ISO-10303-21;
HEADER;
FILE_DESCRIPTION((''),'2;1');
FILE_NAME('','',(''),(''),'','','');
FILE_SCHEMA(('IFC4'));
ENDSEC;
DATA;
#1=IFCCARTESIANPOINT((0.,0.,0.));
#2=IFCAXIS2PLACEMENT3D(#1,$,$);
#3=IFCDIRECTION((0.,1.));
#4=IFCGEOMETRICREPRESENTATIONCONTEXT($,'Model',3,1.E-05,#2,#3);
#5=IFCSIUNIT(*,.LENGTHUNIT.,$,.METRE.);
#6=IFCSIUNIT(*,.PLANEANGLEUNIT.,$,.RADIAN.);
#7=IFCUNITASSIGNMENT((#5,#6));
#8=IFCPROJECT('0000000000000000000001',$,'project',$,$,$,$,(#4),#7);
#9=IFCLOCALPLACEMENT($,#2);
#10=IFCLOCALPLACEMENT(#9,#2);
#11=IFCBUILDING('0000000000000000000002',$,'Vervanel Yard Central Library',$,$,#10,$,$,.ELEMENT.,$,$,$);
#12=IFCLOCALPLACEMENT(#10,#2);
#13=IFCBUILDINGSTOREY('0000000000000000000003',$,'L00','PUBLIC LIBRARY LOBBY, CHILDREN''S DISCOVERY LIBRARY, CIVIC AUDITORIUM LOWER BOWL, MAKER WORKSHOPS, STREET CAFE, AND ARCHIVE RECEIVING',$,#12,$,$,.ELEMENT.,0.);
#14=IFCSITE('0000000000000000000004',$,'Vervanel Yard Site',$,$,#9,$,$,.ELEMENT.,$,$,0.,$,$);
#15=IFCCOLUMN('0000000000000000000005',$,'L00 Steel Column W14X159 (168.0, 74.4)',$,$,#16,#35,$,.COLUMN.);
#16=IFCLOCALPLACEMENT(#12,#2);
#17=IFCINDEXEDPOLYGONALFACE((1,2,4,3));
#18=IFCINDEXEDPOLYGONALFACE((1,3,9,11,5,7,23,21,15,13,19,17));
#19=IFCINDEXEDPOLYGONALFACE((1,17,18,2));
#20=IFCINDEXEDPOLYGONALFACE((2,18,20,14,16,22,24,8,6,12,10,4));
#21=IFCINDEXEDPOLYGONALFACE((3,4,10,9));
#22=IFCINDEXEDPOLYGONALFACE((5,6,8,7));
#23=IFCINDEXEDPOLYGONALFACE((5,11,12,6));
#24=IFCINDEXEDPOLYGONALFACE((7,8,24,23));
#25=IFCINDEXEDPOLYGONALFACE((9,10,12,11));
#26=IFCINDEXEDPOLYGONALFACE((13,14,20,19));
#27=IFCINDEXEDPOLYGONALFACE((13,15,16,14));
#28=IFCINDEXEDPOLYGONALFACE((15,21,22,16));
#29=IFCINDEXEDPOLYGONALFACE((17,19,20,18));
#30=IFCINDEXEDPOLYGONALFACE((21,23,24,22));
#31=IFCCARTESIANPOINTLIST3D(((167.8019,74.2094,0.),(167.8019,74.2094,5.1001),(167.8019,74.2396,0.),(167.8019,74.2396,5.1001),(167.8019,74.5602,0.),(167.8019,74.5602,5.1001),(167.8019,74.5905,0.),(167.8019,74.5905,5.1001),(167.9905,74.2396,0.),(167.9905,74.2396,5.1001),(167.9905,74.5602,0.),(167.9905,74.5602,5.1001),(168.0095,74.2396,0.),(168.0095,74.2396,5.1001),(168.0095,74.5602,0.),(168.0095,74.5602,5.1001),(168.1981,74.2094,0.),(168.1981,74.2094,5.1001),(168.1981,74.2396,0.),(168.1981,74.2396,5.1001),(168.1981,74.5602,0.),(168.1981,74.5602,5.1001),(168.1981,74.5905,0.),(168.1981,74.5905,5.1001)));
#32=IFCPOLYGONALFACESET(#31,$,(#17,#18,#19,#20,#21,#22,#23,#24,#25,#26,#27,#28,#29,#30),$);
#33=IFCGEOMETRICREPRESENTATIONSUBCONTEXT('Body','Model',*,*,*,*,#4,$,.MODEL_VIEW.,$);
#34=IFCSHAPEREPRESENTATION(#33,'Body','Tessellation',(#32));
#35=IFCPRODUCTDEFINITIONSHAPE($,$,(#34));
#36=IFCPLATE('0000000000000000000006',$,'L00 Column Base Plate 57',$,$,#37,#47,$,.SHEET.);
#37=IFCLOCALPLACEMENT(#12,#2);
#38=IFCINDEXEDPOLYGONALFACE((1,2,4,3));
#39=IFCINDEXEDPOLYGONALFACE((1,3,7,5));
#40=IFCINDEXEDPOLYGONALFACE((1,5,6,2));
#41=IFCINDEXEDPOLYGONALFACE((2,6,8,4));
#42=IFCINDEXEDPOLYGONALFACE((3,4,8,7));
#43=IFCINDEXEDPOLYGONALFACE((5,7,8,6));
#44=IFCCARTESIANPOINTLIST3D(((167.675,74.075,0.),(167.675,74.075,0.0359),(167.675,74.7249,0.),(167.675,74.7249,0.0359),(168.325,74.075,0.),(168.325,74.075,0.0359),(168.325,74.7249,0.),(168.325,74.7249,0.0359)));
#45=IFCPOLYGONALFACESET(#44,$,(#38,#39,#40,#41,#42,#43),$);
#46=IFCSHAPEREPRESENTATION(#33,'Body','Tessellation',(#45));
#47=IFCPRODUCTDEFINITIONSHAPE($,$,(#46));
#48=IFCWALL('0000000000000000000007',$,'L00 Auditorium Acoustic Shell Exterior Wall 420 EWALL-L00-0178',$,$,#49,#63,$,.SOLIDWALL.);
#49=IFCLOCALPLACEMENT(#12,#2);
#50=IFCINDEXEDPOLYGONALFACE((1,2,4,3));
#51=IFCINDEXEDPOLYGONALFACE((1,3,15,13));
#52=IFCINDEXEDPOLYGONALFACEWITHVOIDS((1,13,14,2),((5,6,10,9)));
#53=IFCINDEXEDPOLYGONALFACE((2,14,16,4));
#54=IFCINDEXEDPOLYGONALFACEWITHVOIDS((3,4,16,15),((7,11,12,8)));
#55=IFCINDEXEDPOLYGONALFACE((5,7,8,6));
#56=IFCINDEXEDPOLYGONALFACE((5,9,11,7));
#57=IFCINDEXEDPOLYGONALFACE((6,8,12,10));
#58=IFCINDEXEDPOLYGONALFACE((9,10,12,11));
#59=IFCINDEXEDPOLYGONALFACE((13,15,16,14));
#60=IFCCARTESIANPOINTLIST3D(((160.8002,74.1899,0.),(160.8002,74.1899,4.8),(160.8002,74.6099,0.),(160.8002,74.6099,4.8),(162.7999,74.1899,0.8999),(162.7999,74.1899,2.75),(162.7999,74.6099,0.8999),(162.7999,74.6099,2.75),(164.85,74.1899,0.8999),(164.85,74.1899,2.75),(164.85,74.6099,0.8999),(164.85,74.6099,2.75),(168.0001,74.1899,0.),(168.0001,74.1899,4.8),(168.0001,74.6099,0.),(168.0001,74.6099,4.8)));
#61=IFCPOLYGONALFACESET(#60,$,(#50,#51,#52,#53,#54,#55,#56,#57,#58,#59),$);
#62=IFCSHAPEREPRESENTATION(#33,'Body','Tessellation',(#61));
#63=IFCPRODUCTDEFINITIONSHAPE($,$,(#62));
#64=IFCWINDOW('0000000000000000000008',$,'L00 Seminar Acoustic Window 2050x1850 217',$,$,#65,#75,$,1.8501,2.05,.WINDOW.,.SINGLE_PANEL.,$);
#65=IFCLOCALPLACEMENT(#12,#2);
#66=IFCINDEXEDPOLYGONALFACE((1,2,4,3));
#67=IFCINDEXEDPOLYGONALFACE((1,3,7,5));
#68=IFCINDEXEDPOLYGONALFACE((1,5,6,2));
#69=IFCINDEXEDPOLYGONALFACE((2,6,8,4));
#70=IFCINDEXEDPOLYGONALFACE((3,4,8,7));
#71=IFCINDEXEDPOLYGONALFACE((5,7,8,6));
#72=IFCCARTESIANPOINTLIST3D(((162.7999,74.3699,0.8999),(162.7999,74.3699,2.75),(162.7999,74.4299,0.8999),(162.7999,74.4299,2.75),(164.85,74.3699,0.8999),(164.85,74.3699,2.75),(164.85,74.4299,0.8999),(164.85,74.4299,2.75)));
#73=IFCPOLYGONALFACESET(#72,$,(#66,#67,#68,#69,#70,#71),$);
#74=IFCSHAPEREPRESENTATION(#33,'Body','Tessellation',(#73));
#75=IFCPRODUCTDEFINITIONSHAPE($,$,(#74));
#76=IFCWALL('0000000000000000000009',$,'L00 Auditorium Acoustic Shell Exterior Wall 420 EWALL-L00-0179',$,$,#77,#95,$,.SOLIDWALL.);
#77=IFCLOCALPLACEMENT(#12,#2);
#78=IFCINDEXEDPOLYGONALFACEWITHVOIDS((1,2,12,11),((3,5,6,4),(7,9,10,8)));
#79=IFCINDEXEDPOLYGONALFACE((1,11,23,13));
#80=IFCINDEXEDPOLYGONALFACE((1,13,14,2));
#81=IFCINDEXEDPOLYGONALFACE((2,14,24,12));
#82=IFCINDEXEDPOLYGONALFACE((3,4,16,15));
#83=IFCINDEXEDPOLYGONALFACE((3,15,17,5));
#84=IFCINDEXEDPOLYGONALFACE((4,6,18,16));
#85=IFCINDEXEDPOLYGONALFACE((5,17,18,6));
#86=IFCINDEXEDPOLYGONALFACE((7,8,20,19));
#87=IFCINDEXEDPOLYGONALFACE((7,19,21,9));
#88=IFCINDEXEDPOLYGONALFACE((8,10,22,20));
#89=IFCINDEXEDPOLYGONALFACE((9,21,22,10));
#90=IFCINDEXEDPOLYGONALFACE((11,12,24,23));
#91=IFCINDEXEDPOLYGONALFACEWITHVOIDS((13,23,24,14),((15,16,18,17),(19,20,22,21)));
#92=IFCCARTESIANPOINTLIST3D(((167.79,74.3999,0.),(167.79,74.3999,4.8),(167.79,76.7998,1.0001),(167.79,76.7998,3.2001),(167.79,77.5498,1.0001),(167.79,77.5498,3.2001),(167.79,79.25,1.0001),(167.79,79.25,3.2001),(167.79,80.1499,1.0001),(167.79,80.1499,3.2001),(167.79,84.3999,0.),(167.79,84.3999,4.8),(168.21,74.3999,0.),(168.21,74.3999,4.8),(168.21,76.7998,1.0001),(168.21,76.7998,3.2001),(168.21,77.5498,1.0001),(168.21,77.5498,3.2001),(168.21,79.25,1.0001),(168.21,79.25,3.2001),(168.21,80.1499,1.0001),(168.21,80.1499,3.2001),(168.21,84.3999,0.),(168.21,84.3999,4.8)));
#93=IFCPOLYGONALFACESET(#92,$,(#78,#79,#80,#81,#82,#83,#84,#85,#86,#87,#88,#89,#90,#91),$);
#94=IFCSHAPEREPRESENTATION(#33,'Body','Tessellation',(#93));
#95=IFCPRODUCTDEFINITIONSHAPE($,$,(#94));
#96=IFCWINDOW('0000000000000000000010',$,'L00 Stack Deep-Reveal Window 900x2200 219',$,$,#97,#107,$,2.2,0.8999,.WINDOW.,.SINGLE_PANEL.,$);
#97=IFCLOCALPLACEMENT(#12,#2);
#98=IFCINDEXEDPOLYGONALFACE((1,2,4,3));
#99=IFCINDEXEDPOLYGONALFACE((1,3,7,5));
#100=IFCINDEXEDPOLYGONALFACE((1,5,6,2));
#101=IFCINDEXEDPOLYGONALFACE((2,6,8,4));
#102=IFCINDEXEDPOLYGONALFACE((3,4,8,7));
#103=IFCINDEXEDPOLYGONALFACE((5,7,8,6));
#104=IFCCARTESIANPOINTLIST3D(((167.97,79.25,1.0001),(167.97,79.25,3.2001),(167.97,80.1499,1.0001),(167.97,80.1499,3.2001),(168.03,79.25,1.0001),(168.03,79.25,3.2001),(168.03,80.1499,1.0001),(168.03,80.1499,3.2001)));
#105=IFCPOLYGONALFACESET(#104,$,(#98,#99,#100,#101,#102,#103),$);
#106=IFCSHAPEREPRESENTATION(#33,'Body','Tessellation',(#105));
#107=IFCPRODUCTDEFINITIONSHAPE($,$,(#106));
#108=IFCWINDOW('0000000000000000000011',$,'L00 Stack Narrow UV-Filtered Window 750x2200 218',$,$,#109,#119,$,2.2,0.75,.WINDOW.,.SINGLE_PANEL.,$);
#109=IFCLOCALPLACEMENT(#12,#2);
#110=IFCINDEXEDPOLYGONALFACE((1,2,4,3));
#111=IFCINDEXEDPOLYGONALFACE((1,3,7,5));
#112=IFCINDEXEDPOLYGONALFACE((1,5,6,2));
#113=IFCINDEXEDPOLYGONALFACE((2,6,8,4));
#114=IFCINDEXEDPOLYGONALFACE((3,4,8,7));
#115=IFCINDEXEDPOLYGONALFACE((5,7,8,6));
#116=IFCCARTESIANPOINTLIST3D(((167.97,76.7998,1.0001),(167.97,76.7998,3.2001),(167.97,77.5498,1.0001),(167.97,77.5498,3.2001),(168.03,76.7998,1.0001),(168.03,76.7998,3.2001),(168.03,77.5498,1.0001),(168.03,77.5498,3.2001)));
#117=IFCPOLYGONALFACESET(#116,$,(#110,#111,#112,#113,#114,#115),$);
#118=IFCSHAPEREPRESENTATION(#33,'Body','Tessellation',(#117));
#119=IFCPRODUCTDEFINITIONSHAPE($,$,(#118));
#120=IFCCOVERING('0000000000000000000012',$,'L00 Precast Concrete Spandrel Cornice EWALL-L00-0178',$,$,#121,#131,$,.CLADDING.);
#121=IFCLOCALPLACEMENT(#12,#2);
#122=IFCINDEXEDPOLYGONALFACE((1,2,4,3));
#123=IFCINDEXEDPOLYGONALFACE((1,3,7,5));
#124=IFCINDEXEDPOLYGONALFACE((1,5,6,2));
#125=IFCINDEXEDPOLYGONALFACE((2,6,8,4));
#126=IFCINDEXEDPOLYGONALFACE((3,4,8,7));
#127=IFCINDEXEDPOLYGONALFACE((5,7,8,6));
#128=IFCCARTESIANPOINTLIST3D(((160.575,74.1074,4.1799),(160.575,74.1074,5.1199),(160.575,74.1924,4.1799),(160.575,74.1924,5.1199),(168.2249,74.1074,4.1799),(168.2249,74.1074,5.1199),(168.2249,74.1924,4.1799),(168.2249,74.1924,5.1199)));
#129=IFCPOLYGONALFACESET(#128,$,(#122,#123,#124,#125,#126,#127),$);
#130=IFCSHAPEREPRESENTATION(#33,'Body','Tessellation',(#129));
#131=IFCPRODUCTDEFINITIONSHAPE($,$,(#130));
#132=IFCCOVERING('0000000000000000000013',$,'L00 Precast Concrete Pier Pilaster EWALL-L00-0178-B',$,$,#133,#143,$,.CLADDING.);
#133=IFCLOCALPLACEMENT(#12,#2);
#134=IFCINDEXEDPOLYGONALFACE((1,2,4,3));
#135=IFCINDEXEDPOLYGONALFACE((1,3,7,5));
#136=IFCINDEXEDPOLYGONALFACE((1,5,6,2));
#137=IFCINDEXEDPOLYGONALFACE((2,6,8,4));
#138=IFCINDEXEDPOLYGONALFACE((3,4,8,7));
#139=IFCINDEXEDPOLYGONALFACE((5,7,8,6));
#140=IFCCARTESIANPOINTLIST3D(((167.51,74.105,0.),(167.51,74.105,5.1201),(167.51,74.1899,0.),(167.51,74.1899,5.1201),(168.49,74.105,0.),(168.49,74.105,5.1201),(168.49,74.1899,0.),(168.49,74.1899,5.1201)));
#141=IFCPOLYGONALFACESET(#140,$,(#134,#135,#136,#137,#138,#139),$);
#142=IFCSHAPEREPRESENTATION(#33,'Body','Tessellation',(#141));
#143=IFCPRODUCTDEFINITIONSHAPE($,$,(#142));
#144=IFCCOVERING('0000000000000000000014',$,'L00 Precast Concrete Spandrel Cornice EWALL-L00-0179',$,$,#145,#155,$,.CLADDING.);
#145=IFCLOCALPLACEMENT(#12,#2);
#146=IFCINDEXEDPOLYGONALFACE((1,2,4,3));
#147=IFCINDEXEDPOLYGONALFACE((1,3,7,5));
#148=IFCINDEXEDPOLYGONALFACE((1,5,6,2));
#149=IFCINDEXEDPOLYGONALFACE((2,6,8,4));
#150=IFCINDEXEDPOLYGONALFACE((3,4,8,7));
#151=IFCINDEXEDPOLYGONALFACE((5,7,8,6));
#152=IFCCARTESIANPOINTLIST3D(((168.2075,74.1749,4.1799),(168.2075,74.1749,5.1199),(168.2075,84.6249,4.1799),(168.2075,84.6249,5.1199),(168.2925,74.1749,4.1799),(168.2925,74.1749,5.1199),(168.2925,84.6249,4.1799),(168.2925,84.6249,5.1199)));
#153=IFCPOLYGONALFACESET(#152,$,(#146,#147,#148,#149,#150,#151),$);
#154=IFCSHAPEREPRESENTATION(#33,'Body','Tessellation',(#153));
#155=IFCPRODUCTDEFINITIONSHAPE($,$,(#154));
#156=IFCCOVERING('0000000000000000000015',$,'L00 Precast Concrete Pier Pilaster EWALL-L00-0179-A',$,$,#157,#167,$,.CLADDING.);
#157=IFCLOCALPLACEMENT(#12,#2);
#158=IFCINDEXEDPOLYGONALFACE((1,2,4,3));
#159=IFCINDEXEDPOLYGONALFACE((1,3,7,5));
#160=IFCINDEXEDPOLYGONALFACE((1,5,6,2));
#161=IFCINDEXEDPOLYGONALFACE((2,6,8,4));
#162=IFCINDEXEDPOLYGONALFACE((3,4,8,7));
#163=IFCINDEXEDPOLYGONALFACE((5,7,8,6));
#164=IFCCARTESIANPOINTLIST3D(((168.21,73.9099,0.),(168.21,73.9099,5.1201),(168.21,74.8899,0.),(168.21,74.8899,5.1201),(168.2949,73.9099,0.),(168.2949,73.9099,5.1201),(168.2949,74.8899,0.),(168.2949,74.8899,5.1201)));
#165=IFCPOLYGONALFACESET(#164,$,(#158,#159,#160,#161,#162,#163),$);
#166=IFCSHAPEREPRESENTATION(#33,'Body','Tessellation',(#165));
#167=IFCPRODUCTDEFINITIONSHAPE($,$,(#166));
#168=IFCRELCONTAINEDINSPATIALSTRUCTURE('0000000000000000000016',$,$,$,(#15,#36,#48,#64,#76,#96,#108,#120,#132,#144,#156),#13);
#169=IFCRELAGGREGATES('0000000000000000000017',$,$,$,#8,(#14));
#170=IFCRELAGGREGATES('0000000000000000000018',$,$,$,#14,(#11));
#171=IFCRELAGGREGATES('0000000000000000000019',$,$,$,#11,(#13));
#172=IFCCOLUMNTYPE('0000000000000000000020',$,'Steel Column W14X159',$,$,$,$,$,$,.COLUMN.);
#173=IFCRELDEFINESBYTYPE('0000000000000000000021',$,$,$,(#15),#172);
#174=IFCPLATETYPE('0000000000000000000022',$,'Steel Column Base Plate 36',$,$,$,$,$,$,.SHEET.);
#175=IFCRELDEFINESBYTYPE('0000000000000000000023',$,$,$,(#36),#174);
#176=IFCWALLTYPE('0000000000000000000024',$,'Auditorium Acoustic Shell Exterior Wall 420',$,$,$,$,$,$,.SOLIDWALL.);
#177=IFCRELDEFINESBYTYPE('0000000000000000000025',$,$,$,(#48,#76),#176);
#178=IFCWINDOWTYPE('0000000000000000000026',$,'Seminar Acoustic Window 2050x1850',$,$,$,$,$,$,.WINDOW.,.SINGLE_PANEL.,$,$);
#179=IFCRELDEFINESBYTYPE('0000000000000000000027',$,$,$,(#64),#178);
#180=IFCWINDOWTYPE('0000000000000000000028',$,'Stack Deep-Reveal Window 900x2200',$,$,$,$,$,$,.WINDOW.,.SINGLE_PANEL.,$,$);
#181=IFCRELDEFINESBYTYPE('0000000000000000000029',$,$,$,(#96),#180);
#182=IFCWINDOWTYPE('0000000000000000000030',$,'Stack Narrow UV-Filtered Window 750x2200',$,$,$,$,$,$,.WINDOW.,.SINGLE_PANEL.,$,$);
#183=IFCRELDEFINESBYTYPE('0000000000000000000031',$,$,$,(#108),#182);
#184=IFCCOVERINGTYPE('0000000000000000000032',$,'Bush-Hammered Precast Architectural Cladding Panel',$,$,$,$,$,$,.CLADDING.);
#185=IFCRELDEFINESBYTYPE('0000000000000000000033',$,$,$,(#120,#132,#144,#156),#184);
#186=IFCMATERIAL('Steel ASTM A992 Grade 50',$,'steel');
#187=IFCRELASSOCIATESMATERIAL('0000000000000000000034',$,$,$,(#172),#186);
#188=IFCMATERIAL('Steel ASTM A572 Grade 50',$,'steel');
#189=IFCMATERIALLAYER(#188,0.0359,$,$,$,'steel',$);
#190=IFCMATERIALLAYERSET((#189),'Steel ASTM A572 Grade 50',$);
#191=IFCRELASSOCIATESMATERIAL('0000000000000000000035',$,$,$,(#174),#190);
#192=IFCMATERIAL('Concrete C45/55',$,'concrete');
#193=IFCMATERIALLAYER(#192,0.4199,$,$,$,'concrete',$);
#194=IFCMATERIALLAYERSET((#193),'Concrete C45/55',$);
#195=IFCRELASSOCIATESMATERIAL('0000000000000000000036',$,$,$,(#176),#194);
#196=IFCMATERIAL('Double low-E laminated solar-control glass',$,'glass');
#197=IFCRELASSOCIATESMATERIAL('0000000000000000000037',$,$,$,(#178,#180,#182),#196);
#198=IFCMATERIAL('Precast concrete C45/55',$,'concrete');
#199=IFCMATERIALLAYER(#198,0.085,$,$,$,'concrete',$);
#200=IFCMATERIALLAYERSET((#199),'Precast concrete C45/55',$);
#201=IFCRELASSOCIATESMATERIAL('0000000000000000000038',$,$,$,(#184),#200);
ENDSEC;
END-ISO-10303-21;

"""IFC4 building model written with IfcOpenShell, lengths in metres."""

from ifc_helpers import new_model, si_unit, direction, frame, frame_2d, origin, origin_2d, place, context, subcontext, project, spatial, rectangle, i_section, extrude, material, layer, layer_set, material_profile, profile_set, type_object, element, fill, save


model = new_model("IFC4")

# Units and contexts
model_context = context("Model", 3, precision=1e-05, world=origin(), true_north=direction((0.0, 1.0)))
body_context = subcontext(model_context, "Body", "Model", "MODEL_VIEW")
ifc_project = project(units=[si_unit("LENGTHUNIT", "METRE"), si_unit("PLANEANGLEUNIT", "RADIAN")], contexts=[model_context])

# Site, building, storey
site_placement = place(None, origin())
site = spatial("IfcSite", under=ifc_project, at=site_placement, Name="Vervanel Yard Site", CompositionType="ELEMENT", RefElevation=0.0)
building_placement = place(site_placement, origin())
building = spatial("IfcBuilding", under=site, at=building_placement, Name="Vervanel Yard Central Library", CompositionType="ELEMENT")
storey_placement = place(building_placement, origin())
storey = spatial("IfcBuildingStorey", under=building, at=storey_placement, Name="L00", Description="PUBLIC LIBRARY LOBBY, CHILDREN'S DISCOVERY LIBRARY, CIVIC AUDITORIUM LOWER BOWL, MAKER WORKSHOPS, STREET CAFE, AND ARCHIVE RECEIVING", CompositionType="ELEMENT", Elevation=0.0)

# Column
ifc_material_1 = material(Name="Steel ASTM A992 Grade 50", Category="steel")
ifc_material_profile_1 = material_profile(ifc_material_1, i_section(OverallWidth=0.3962, OverallDepth=0.3811, WebThickness=0.019, FlangeThickness=0.0303, at=origin_2d()), Name="W14X159", Category="steel")
ifc_profile_set_1 = profile_set([ifc_material_profile_1], Name="Steel ASTM A992 Grade 50")
column_type = type_object("IfcColumnType", Name="Steel Column W14X159", PredefinedType="COLUMN", material=ifc_profile_set_1)
column_placement = place(storey_placement, frame((168.0, 74.3999, 0.0), z_axis=(0.0, 0.0, 1.0), x_axis=(1.0, 0.0, 0.0)))
element("IfcColumn", 1, at=column_placement, inside=storey, type_object=column_type, Name="L00 Steel Column W14X159 (168.0, 74.4)", PredefinedType="COLUMN", context=body_context, shape_type="SweptSolid", body=[
    extrude(i_section(OverallWidth=0.3962, OverallDepth=0.3811, WebThickness=0.019, FlangeThickness=0.0303, at=origin_2d()), origin(), (0.0, 0.0, 1.0), 5.1001),
])

# Plate
ifc_material_2 = material(Name="Steel ASTM A572 Grade 50", Category="steel")
ifc_layer_1 = layer(ifc_material_2, 0.0359, Category="steel")
ifc_layer_set_1 = layer_set([ifc_layer_1], Name="Steel ASTM A572 Grade 50")
plate_type = type_object("IfcPlateType", Name="Steel Column Base Plate 36", PredefinedType="SHEET", material=ifc_layer_set_1)
plate_placement = place(storey_placement, frame((168.0, 74.3999, 0.0), z_axis=(0.0, 0.0, 1.0), x_axis=(1.0, 0.0, 0.0)))
element("IfcPlate", 2, at=plate_placement, inside=storey, type_object=plate_type, Name="L00 Column Base Plate 57", PredefinedType="SHEET", context=body_context, shape_type="SweptSolid", body=[
    extrude(rectangle(XDim=0.6499, YDim=0.6499, at=origin_2d()), origin(), (0.0, 0.0, 1.0), 0.0359),
])

# Wall, opening, window
ifc_material_3 = material(Name="Concrete C45/55", Category="concrete")
ifc_layer_2 = layer(ifc_material_3, 0.4199, Category="concrete")
ifc_layer_set_2 = layer_set([ifc_layer_2], Name="Concrete C45/55")
wall_type = type_object("IfcWallType", Name="Auditorium Acoustic Shell Exterior Wall 420", PredefinedType="SOLIDWALL", material=ifc_layer_set_2)
wall_1_placement = place(storey_placement, frame((160.8, 74.3999, 0.0), z_axis=(0.0, 0.0, 1.0), x_axis=(1.0, 0.0, 0.0)))
wall_1 = element("IfcWall", 3, at=wall_1_placement, inside=storey, type_object=wall_type, Name="L00 Auditorium Acoustic Shell Exterior Wall 420 EWALL-L00-0178", PredefinedType="SOLIDWALL", context=body_context, shape_type="SweptSolid", body=[
    extrude(rectangle(XDim=7.2, YDim=0.4199, at=frame_2d((3.6001, 0.0))), origin(), (0.0, 0.0, 1.0), 4.8),
])
opening_1_placement = place(wall_1_placement, frame((2.0, 0.0, 0.8999)))
opening_1 = element("IfcOpeningElement", 4, at=opening_1_placement, cuts=wall_1, PredefinedType="OPENING", context=body_context, shape_type="SweptSolid", body=[
    extrude(rectangle(XDim=2.05, YDim=1.8501, at=frame_2d((1.0249, 0.925))), frame((0.0, 0.22, 0.0), z_axis=(0.0, -1.0, 0.0), x_axis=(1.0, 0.0, 0.0)), (0.0, 0.0, 1.0), 0.4399),
])
ifc_material_4 = material(Name="Double low-E laminated solar-control glass", Category="glass")
window_type_1 = type_object("IfcWindowType", Name="Seminar Acoustic Window 2050x1850", PartitioningType="SINGLE_PANEL", PredefinedType="WINDOW", material=ifc_material_4)
window_1_placement = place(opening_1_placement, origin())
window_1 = element("IfcWindow", 5, at=window_1_placement, inside=storey, type_object=window_type_1, Name="L00 Seminar Acoustic Window 2050x1850 217", OverallHeight=1.8501, OverallWidth=2.05, PartitioningType="SINGLE_PANEL", PredefinedType="WINDOW", context=body_context, shape_type="SweptSolid", body=[
    extrude(rectangle(XDim=2.05, YDim=1.8501, at=frame_2d((1.0249, 0.925))), frame((0.0, 0.03, 0.0), z_axis=(0.0, -1.0, 0.0), x_axis=(1.0, 0.0, 0.0)), (0.0, 0.0, 1.0), 0.0601),
])
fill(opening_1, window_1)

# Wall, openings, windows
wall_2_placement = place(storey_placement, frame((168.0, 74.3999, 0.0), z_axis=(0.0, 0.0, 1.0), x_axis=(0.0, 1.0, 0.0)))
wall_2 = element("IfcWall", 6, at=wall_2_placement, inside=storey, type_object=wall_type, Name="L00 Auditorium Acoustic Shell Exterior Wall 420 EWALL-L00-0179", PredefinedType="SOLIDWALL", context=body_context, shape_type="SweptSolid", body=[
    extrude(rectangle(XDim=10.0, YDim=0.4199, at=frame_2d((5.0, 0.0))), origin(), (0.0, 0.0, 1.0), 4.8),
])
opening_2_placement = place(wall_2_placement, frame((2.3999, 0.0, 1.0)))
opening_2 = element("IfcOpeningElement", 7, at=opening_2_placement, cuts=wall_2, PredefinedType="OPENING", context=body_context, shape_type="SweptSolid", body=[
    extrude(rectangle(XDim=0.75, YDim=2.2, at=frame_2d((0.375, 1.1001))), frame((0.0, 0.22, 0.0), z_axis=(0.0, -1.0, 0.0), x_axis=(1.0, 0.0, 0.0)), (0.0, 0.0, 1.0), 0.4399),
])
opening_3_placement = place(wall_2_placement, frame((4.8501, 0.0, 1.0)))
opening_3 = element("IfcOpeningElement", 8, at=opening_3_placement, cuts=wall_2, PredefinedType="OPENING", context=body_context, shape_type="SweptSolid", body=[
    extrude(rectangle(XDim=0.8999, YDim=2.2, at=frame_2d((0.45, 1.1001))), frame((0.0, 0.22, 0.0), z_axis=(0.0, -1.0, 0.0), x_axis=(1.0, 0.0, 0.0)), (0.0, 0.0, 1.0), 0.4399),
])
window_type_2 = type_object("IfcWindowType", Name="Stack Deep-Reveal Window 900x2200", PartitioningType="SINGLE_PANEL", PredefinedType="WINDOW", material=ifc_material_4)
window_2_placement = place(opening_3_placement, origin())
window_2 = element("IfcWindow", 9, at=window_2_placement, inside=storey, type_object=window_type_2, Name="L00 Stack Deep-Reveal Window 900x2200 219", OverallHeight=2.2, OverallWidth=0.8999, PartitioningType="SINGLE_PANEL", PredefinedType="WINDOW", context=body_context, shape_type="SweptSolid", body=[
    extrude(rectangle(XDim=0.8999, YDim=2.2, at=frame_2d((0.45, 1.1001))), frame((0.0, 0.03, 0.0), z_axis=(0.0, -1.0, 0.0), x_axis=(1.0, 0.0, 0.0)), (0.0, 0.0, 1.0), 0.0601),
])
fill(opening_3, window_2)
window_type_3 = type_object("IfcWindowType", Name="Stack Narrow UV-Filtered Window 750x2200", PartitioningType="SINGLE_PANEL", PredefinedType="WINDOW", material=ifc_material_4)
window_3_placement = place(opening_2_placement, origin())
window_3 = element("IfcWindow", 10, at=window_3_placement, inside=storey, type_object=window_type_3, Name="L00 Stack Narrow UV-Filtered Window 750x2200 218", OverallHeight=2.2, OverallWidth=0.75, PartitioningType="SINGLE_PANEL", PredefinedType="WINDOW", context=body_context, shape_type="SweptSolid", body=[
    extrude(rectangle(XDim=0.75, YDim=2.2, at=frame_2d((0.375, 1.1001))), frame((0.0, 0.03, 0.0), z_axis=(0.0, -1.0, 0.0), x_axis=(1.0, 0.0, 0.0)), (0.0, 0.0, 1.0), 0.0601),
])
fill(opening_2, window_3)

# Coverings
ifc_material_5 = material(Name="Precast concrete C45/55", Category="concrete")
ifc_layer_3 = layer(ifc_material_5, 0.085, Category="concrete")
ifc_layer_set_3 = layer_set([ifc_layer_3], Name="Precast concrete C45/55")
covering_type = type_object("IfcCoveringType", Name="Bush-Hammered Precast Architectural Cladding Panel", PredefinedType="CLADDING", material=ifc_layer_set_3)
covering_1_placement = place(storey_placement, frame((164.3999, 74.1499, 4.1799), z_axis=(0.0, 0.0, 1.0), x_axis=(1.0, 0.0, 0.0)))
element("IfcCovering", 11, at=covering_1_placement, inside=storey, type_object=covering_type, Name="L00 Precast Concrete Spandrel Cornice EWALL-L00-0178", PredefinedType="CLADDING", context=body_context, shape_type="SweptSolid", body=[
    extrude(rectangle(XDim=7.6499, YDim=0.085, at=origin_2d()), origin(), (0.0, 0.0, 1.0), 0.9399),
])
covering_2_placement = place(storey_placement, frame((168.0, 74.1475, 0.0), z_axis=(0.0, 0.0, 1.0), x_axis=(1.0, 0.0, 0.0)))
element("IfcCovering", 12, at=covering_2_placement, inside=storey, type_object=covering_type, Name="L00 Precast Concrete Pier Pilaster EWALL-L00-0178-B", PredefinedType="CLADDING", context=body_context, shape_type="SweptSolid", body=[
    extrude(rectangle(XDim=0.98, YDim=0.085, at=origin_2d()), origin(), (0.0, 0.0, 1.0), 5.1201),
])
covering_3_placement = place(storey_placement, frame((168.25, 79.3999, 4.1799), z_axis=(0.0, 0.0, 1.0), x_axis=(0.0, 1.0, 0.0)))
element("IfcCovering", 13, at=covering_3_placement, inside=storey, type_object=covering_type, Name="L00 Precast Concrete Spandrel Cornice EWALL-L00-0179", PredefinedType="CLADDING", context=body_context, shape_type="SweptSolid", body=[
    extrude(rectangle(XDim=10.45, YDim=0.085, at=origin_2d()), origin(), (0.0, 0.0, 1.0), 0.9399),
])
covering_4_placement = place(storey_placement, frame((168.2524, 74.3999, 0.0), z_axis=(0.0, 0.0, 1.0), x_axis=(0.0, 1.0, 0.0)))
element("IfcCovering", 14, at=covering_4_placement, inside=storey, type_object=covering_type, Name="L00 Precast Concrete Pier Pilaster EWALL-L00-0179-A", PredefinedType="CLADDING", context=body_context, shape_type="SweptSolid", body=[
    extrude(rectangle(XDim=0.98, YDim=0.085, at=origin_2d()), origin(), (0.0, 0.0, 1.0), 5.1201),
])

save(model, "model.ifc")
